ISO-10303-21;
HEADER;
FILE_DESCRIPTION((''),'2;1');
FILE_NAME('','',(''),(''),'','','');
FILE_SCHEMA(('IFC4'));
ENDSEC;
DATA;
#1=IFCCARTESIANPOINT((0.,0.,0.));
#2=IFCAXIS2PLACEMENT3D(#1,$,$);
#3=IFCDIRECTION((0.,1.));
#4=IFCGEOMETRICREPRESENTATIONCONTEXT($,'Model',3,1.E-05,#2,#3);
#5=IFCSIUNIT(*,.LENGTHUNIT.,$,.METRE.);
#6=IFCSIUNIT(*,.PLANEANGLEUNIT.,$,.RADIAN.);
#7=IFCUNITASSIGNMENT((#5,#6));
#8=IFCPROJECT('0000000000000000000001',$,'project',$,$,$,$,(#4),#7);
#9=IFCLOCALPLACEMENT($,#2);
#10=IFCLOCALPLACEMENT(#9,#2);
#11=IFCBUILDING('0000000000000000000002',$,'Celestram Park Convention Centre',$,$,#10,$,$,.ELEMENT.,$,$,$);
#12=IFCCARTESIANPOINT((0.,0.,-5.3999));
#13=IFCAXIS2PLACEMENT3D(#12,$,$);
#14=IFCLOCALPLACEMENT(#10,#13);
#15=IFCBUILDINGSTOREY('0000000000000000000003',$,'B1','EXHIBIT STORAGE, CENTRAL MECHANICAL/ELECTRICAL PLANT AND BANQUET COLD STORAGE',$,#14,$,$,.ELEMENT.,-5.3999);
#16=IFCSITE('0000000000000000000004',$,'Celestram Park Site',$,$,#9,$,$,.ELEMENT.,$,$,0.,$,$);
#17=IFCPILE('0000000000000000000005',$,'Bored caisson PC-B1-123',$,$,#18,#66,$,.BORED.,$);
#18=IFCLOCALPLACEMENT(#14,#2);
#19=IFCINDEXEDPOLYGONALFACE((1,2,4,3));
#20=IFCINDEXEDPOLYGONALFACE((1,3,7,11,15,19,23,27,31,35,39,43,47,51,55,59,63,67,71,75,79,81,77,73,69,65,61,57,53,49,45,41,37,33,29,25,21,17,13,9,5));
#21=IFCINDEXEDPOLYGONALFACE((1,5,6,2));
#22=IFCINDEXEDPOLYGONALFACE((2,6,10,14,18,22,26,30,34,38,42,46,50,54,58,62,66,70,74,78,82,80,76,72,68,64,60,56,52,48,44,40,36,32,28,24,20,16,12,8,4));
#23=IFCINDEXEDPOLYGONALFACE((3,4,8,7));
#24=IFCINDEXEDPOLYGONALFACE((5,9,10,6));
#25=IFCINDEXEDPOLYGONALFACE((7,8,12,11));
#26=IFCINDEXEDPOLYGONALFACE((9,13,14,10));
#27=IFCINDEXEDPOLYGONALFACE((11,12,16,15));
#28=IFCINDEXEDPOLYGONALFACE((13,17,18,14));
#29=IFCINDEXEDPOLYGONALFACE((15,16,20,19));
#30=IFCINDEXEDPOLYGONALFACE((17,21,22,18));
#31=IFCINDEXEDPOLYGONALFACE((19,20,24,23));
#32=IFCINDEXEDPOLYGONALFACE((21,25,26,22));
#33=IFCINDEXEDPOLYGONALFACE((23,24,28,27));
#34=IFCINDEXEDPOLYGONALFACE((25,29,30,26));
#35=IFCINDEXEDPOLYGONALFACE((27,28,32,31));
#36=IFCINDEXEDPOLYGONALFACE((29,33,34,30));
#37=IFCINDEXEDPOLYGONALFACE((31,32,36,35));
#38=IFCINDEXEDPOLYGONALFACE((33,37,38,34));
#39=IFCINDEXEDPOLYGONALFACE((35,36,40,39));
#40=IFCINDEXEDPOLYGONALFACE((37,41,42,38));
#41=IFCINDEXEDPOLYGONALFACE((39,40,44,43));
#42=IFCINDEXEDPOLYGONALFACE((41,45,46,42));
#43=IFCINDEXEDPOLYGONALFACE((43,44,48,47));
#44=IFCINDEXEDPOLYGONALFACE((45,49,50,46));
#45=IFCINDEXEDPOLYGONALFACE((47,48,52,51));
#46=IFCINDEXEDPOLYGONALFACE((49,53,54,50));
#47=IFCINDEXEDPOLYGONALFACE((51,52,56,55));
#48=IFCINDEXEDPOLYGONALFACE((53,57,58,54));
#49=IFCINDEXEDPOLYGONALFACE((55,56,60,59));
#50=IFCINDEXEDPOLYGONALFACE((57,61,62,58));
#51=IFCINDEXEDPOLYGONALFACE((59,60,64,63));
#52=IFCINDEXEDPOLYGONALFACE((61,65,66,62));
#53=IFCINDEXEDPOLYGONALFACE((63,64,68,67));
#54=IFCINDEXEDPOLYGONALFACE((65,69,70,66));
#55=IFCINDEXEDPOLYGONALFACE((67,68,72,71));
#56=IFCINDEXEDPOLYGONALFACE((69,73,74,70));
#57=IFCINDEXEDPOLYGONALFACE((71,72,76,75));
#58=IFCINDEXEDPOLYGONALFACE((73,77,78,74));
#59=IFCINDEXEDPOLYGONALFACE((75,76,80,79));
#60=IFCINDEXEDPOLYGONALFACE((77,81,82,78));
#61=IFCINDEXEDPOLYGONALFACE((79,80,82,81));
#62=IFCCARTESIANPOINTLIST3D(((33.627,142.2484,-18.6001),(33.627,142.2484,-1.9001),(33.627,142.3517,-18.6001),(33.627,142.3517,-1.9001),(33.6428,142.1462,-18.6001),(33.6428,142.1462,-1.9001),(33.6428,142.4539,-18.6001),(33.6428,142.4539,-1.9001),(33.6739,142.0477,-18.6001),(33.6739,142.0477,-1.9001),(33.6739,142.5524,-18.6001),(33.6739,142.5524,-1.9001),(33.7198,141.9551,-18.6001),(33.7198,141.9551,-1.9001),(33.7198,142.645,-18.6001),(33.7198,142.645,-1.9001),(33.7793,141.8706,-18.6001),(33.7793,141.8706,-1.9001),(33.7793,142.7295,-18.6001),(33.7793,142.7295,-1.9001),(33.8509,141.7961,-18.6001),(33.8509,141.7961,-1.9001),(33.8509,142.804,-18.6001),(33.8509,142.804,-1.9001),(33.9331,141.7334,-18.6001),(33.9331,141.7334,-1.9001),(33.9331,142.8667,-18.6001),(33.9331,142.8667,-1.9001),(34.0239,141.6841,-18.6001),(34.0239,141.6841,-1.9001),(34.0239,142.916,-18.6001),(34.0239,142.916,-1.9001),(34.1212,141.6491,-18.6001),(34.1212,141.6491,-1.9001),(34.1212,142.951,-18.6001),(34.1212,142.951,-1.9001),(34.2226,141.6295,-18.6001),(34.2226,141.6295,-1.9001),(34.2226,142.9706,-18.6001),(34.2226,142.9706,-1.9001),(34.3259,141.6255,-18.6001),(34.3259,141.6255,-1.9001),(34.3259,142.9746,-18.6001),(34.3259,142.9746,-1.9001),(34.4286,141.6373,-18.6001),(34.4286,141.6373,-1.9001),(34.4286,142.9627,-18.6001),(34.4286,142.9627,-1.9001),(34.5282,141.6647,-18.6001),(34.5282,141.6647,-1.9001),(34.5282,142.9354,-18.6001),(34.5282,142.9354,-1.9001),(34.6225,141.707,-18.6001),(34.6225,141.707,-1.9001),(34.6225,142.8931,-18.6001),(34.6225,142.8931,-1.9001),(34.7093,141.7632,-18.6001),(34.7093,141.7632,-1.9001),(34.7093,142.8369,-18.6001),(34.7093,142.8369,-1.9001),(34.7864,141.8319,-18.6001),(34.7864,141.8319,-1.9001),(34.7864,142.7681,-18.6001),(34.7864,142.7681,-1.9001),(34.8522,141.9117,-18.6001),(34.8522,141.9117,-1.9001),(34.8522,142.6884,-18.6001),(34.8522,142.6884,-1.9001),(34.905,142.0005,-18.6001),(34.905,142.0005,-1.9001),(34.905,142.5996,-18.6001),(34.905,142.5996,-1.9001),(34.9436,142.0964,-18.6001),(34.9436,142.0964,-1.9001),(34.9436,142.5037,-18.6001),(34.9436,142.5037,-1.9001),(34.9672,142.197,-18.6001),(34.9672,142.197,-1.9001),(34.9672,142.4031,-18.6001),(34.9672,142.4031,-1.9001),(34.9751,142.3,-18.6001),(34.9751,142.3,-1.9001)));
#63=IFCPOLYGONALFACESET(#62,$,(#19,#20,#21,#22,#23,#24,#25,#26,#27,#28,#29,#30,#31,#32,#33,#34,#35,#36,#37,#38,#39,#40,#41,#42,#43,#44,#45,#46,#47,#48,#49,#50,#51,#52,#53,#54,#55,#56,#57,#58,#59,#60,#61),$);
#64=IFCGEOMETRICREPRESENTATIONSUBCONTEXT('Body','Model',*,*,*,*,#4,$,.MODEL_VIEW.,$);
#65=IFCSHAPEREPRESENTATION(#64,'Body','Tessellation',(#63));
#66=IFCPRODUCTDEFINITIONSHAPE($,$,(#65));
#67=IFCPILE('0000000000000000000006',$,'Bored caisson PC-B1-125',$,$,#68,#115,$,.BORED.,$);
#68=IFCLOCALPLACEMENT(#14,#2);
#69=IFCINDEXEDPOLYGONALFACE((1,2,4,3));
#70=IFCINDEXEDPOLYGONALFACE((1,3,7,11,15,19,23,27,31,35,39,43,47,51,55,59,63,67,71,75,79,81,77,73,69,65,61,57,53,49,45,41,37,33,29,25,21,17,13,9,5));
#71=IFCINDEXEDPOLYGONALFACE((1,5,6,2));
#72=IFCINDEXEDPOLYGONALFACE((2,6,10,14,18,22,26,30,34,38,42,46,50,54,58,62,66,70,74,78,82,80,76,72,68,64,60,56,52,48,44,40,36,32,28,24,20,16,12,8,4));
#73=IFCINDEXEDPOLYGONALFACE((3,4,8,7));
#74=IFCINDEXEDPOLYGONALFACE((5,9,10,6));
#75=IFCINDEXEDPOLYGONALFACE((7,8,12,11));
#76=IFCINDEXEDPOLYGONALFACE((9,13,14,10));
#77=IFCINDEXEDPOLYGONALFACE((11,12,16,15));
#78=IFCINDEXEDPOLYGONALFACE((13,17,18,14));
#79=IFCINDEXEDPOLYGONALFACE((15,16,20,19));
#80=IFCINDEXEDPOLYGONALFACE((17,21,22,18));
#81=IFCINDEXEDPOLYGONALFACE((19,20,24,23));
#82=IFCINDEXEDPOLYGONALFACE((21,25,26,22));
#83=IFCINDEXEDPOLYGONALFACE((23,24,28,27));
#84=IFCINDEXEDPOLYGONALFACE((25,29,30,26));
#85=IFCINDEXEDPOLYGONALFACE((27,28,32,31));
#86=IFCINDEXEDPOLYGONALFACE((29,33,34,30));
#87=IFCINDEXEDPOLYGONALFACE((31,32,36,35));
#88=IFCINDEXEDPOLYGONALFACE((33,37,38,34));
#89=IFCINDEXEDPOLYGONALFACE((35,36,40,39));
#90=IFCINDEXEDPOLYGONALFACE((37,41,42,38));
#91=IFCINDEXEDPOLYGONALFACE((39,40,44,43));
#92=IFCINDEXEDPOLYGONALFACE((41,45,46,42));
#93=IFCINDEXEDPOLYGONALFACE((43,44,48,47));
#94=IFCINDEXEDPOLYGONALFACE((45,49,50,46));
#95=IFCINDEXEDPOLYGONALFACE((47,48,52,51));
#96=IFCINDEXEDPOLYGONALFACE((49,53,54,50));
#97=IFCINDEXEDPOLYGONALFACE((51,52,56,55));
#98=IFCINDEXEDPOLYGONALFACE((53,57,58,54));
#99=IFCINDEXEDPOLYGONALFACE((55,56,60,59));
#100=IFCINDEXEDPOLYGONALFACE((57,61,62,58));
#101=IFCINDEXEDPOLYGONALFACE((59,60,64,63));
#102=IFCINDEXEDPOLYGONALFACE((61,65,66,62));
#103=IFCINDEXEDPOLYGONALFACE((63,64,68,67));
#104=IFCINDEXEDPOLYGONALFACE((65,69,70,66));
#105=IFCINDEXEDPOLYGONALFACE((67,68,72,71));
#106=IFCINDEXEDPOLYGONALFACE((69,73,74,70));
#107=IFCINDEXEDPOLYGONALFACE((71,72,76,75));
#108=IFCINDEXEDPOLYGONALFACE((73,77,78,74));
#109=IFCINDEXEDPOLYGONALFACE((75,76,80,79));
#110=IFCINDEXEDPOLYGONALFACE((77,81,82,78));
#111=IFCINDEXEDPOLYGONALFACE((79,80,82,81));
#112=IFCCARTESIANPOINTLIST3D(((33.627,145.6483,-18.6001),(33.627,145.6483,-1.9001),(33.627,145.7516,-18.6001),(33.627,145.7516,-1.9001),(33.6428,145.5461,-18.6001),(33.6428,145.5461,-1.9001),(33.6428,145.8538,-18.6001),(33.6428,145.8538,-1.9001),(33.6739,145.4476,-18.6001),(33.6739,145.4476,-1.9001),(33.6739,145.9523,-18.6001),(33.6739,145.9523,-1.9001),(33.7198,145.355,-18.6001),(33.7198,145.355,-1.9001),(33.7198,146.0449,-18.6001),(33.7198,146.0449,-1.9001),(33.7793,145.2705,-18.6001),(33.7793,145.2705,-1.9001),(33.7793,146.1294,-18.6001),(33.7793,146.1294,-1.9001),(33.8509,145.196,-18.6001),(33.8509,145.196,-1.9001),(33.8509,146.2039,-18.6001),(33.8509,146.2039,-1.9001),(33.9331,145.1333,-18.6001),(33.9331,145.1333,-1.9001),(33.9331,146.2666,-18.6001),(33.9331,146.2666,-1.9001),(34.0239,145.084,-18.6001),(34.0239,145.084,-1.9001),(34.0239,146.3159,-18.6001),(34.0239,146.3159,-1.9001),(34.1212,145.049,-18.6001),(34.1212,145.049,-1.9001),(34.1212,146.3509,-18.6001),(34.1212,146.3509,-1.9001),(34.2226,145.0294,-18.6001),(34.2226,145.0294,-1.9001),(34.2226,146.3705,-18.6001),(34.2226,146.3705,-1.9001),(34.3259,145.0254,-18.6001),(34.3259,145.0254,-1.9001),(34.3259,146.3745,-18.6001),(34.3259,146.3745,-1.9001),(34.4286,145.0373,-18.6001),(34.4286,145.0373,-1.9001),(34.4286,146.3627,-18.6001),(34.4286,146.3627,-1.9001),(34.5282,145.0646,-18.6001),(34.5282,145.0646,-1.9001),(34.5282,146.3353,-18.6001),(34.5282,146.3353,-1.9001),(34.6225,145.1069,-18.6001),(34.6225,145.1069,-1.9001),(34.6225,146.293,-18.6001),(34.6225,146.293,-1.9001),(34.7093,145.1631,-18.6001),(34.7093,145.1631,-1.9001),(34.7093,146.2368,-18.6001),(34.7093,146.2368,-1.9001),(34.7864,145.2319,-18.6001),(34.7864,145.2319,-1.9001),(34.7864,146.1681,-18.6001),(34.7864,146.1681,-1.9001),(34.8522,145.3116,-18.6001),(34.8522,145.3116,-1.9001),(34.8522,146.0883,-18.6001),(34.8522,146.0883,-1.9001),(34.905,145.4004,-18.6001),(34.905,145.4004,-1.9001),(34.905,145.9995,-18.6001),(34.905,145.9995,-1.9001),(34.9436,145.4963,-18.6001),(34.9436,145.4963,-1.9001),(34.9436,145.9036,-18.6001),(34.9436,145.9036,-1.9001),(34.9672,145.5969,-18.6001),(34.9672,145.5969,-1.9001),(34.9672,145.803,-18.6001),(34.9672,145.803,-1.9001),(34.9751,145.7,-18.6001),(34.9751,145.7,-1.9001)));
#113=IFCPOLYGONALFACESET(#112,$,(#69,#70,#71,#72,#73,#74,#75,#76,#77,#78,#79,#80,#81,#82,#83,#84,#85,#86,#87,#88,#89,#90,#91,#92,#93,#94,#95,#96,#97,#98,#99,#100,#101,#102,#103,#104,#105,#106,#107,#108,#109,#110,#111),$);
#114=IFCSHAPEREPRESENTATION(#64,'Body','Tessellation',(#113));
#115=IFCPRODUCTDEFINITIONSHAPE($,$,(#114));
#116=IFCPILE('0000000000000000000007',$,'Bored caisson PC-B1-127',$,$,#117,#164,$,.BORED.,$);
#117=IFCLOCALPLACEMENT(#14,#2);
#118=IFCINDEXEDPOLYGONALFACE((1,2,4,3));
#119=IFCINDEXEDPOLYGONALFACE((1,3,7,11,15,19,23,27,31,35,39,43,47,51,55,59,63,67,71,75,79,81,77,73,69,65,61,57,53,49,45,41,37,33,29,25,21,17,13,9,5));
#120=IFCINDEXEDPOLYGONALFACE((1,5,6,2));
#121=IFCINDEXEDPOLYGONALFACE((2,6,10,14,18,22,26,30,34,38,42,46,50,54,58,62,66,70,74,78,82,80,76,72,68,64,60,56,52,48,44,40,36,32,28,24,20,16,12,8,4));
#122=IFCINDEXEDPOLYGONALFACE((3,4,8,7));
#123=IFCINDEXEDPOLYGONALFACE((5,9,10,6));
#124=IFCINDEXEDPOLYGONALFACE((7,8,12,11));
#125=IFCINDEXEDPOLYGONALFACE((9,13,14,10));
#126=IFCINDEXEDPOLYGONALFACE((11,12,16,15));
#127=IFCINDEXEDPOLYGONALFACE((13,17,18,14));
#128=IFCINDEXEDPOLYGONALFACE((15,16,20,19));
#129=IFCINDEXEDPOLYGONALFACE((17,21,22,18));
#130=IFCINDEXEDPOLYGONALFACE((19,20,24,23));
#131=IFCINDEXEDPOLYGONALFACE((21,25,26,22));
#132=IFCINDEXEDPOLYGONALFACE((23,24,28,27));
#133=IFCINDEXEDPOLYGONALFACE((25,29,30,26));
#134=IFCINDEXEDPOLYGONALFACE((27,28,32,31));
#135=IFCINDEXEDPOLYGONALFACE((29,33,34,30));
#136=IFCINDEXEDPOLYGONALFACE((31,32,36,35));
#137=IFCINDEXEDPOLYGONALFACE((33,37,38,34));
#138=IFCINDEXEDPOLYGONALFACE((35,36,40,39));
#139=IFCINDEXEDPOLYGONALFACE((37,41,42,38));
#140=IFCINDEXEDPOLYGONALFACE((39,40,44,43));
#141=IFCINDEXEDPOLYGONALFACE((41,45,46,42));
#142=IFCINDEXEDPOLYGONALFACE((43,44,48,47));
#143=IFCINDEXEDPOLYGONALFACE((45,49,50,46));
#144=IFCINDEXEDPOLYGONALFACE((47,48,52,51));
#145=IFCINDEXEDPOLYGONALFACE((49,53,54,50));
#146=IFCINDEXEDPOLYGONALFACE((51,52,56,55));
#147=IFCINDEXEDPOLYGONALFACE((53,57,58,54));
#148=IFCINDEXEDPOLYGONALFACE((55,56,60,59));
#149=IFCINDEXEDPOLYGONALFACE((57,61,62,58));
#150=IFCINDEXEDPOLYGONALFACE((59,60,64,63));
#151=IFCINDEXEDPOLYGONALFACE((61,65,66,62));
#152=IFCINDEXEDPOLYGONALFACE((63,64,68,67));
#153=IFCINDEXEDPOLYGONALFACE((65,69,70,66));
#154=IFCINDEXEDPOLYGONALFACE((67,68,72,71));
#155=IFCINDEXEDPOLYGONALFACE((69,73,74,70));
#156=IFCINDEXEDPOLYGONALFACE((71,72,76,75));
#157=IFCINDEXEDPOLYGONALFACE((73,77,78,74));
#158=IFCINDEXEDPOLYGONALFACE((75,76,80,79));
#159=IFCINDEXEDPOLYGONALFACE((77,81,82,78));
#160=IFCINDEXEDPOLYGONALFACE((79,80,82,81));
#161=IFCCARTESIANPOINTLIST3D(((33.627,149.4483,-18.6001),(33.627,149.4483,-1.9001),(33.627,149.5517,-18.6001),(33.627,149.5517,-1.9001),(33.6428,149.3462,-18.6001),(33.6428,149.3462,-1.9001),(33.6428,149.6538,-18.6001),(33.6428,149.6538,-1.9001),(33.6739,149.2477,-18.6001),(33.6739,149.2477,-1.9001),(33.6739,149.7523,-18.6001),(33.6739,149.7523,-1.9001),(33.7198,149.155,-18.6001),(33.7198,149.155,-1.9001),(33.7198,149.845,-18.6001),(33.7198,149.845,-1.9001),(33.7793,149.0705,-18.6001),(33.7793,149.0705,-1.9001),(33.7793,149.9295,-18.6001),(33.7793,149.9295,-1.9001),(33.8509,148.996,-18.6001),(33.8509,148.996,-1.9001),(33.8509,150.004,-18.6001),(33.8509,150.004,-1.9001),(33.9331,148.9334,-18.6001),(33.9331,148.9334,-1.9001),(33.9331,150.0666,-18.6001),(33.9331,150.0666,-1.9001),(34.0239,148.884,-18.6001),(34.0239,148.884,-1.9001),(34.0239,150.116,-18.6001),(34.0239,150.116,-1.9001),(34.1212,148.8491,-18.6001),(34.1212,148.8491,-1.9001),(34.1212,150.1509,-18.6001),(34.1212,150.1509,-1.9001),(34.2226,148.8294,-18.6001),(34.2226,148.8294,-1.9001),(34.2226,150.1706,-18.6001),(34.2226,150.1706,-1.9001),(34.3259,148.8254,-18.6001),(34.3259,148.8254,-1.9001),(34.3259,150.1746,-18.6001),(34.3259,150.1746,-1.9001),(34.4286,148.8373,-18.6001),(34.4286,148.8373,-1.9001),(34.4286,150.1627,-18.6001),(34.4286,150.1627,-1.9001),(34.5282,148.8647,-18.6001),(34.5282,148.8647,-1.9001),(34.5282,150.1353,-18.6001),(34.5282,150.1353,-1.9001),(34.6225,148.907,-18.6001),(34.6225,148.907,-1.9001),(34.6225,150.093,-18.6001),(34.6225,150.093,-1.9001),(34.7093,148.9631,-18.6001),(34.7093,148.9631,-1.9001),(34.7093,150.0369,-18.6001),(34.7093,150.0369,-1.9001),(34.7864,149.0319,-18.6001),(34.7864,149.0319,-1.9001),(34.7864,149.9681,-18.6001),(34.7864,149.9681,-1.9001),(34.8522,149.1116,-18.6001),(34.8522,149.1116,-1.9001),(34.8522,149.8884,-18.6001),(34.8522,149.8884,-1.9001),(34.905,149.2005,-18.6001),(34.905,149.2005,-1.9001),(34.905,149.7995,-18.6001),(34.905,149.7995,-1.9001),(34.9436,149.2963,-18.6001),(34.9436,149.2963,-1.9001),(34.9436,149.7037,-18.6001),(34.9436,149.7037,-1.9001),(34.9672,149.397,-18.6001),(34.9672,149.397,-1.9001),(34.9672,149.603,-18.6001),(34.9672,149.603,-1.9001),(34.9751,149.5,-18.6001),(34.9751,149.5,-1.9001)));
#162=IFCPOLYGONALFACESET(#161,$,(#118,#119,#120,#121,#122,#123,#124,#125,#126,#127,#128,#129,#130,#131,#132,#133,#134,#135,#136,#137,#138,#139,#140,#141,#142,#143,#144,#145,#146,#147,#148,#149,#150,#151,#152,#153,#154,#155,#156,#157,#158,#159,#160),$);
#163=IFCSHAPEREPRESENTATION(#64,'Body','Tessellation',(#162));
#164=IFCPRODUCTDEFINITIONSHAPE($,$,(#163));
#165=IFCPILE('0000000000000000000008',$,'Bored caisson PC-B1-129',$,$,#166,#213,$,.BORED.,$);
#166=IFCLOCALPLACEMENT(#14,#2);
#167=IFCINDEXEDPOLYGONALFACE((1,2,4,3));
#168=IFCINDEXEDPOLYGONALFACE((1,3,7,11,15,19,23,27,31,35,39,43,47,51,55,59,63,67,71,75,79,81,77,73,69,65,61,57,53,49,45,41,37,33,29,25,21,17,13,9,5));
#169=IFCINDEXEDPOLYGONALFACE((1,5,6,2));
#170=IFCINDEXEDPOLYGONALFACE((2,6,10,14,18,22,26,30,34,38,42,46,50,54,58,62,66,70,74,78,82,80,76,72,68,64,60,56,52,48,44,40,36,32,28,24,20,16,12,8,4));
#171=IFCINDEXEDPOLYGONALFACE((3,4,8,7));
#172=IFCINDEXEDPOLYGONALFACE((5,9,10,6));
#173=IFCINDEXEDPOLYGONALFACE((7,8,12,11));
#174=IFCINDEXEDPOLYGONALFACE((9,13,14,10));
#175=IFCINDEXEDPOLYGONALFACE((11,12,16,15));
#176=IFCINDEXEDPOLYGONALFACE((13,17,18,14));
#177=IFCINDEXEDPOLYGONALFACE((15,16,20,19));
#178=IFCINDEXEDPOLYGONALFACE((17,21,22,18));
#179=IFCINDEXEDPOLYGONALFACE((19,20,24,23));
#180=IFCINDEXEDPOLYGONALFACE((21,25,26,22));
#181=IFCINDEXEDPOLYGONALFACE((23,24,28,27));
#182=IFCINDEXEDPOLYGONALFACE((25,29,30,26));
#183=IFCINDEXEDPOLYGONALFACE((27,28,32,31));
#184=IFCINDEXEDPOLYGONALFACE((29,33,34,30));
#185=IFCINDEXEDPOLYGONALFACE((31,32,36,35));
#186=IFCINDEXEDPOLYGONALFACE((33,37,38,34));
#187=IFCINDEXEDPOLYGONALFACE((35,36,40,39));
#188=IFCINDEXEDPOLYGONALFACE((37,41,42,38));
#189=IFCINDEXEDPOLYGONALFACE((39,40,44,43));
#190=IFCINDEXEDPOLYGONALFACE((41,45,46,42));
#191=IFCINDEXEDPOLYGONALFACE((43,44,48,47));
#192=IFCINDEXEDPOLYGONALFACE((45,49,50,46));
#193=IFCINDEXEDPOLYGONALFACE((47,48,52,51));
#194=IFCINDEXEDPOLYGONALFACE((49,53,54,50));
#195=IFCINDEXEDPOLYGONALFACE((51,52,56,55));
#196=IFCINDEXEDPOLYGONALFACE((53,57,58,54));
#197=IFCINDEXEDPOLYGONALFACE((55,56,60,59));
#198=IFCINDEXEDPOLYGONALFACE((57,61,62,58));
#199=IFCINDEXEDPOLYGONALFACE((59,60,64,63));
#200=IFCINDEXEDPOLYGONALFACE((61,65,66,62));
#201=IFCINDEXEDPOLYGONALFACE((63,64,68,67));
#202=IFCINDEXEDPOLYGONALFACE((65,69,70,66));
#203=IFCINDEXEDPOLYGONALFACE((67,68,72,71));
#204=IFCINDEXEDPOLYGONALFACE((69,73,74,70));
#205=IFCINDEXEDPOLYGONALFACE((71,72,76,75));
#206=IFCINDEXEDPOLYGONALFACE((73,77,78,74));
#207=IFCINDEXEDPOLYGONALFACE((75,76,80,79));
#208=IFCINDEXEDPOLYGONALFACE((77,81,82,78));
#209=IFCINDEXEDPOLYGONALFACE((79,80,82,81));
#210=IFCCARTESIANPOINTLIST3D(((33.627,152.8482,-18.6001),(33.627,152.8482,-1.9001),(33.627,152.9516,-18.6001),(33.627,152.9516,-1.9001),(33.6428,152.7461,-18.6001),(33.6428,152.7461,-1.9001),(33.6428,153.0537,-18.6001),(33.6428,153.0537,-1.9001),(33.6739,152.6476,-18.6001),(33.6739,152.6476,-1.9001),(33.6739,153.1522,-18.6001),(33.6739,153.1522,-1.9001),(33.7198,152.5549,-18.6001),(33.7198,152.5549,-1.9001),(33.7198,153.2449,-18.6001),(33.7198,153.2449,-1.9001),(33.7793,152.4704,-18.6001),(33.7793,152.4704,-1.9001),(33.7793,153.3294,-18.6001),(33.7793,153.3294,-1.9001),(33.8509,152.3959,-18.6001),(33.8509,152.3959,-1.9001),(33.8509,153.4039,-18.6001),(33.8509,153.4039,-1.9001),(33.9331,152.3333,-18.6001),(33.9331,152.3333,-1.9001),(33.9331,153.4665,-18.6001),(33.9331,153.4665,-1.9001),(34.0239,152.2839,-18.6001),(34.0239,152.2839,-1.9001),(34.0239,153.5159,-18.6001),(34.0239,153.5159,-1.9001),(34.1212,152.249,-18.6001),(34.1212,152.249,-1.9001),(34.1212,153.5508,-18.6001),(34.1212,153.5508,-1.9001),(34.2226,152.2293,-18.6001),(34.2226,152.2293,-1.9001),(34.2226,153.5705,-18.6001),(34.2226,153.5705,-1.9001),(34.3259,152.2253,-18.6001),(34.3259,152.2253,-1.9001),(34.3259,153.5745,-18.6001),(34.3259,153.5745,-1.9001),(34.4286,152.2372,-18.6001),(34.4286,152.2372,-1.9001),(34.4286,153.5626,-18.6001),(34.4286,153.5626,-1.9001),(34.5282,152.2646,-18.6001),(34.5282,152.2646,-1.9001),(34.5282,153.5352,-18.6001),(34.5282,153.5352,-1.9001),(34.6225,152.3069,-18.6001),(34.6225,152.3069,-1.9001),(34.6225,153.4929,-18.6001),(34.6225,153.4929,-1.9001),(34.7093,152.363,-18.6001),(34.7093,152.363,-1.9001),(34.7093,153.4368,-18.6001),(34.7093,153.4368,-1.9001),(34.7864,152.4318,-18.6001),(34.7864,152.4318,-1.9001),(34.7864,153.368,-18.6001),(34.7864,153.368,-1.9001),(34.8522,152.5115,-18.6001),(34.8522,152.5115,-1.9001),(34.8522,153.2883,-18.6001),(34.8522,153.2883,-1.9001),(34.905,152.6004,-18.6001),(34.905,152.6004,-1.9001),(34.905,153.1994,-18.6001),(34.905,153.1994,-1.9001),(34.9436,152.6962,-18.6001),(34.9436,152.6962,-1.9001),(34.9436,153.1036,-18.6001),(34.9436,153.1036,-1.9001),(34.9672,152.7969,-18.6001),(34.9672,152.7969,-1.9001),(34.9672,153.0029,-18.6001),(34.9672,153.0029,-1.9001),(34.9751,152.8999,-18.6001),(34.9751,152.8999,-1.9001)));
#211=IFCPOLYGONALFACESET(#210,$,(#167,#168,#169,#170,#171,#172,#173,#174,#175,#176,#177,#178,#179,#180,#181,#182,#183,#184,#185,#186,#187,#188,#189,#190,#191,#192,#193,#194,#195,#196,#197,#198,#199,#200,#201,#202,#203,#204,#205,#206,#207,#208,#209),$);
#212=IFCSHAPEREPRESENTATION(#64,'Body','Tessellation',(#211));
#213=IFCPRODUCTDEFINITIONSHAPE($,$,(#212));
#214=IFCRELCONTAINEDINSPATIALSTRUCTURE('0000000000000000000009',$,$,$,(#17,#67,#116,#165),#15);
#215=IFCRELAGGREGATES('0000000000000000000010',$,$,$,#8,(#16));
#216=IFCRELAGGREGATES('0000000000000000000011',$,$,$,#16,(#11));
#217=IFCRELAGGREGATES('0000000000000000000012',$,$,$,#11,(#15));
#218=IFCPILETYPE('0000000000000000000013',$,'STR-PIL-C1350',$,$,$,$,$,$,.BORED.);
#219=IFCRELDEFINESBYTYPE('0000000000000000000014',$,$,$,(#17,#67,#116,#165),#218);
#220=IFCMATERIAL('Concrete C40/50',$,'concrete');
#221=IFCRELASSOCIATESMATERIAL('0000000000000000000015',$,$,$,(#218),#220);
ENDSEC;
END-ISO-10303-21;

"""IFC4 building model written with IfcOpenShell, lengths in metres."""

from ifc_helpers import new_model, si_unit, direction, frame, origin, origin_2d, place, context, subcontext, project, spatial, circle, extrude, material, material_profile, profile_set, type_object, element, save


model = new_model("IFC4")

# Units and contexts
model_context = context("Model", 3, precision=1e-05, world=origin(), true_north=direction((0.0, 1.0)))
body_context = subcontext(model_context, "Body", "Model", "MODEL_VIEW")
ifc_project = project(units=[si_unit("LENGTHUNIT", "METRE"), si_unit("PLANEANGLEUNIT", "RADIAN")], contexts=[model_context])

# Site, building, storey
site_placement = place(None, origin())
site = spatial("IfcSite", under=ifc_project, at=site_placement, Name="Celestram Park Site", CompositionType="ELEMENT", RefElevation=0.0)
building_placement = place(site_placement, origin())
building = spatial("IfcBuilding", under=site, at=building_placement, Name="Celestram Park Convention Centre", CompositionType="ELEMENT")
storey_placement = place(building_placement, frame((0.0, 0.0, -5.3999)))
storey = spatial("IfcBuildingStorey", under=building, at=storey_placement, Name="B1", Description="EXHIBIT STORAGE, CENTRAL MECHANICAL/ELECTRICAL PLANT AND BANQUET COLD STORAGE", CompositionType="ELEMENT", Elevation=-5.3999)

# Shared definitions
ifc_material_1 = material(Name="Concrete C40/50", Category="concrete")

# Piles
ifc_material_profile_1 = material_profile(ifc_material_1, circle(Radius=0.675, at=origin_2d()), Name="CAISSON1350")
ifc_profile_set_1 = profile_set([ifc_material_profile_1], Name="Concrete C40/50")
pile_type_1 = type_object("IfcPileType", Name="STR-PIL-C1350", PredefinedType="BORED", material=ifc_profile_set_1)
for number, where, z_axis, x_axis, name in (
    (1, (34.3, 142.3, -1.9001), (0.0, 0.0, -1.0), (1.0, 0.0, 0.0), "Bored caisson PC-B1-123"),
    (2, (34.3, 145.7, -1.9001), (0.0, 0.0, -1.0), (1.0, 0.0, 0.0), "Bored caisson PC-B1-125"),
    (3, (34.3, 149.5, -1.9001), (0.0, 0.0, -1.0), (1.0, 0.0, 0.0), "Bored caisson PC-B1-127"),
    (4, (34.3, 152.8999, -1.9001), (0.0, 0.0, -1.0), (1.0, 0.0, 0.0), "Bored caisson PC-B1-129"),
):
    element("IfcPile", number, at=place(storey_placement, frame(where, z_axis=z_axis, x_axis=x_axis)), inside=storey, type_object=pile_type_1, Name=name, PredefinedType="BORED", context=body_context, shape_type="SweptSolid", body=[
        extrude(circle(Radius=0.675, at=origin_2d()), origin(), (0.0, 0.0, 1.0), 16.7),
    ])

save(model, "model.ifc")
